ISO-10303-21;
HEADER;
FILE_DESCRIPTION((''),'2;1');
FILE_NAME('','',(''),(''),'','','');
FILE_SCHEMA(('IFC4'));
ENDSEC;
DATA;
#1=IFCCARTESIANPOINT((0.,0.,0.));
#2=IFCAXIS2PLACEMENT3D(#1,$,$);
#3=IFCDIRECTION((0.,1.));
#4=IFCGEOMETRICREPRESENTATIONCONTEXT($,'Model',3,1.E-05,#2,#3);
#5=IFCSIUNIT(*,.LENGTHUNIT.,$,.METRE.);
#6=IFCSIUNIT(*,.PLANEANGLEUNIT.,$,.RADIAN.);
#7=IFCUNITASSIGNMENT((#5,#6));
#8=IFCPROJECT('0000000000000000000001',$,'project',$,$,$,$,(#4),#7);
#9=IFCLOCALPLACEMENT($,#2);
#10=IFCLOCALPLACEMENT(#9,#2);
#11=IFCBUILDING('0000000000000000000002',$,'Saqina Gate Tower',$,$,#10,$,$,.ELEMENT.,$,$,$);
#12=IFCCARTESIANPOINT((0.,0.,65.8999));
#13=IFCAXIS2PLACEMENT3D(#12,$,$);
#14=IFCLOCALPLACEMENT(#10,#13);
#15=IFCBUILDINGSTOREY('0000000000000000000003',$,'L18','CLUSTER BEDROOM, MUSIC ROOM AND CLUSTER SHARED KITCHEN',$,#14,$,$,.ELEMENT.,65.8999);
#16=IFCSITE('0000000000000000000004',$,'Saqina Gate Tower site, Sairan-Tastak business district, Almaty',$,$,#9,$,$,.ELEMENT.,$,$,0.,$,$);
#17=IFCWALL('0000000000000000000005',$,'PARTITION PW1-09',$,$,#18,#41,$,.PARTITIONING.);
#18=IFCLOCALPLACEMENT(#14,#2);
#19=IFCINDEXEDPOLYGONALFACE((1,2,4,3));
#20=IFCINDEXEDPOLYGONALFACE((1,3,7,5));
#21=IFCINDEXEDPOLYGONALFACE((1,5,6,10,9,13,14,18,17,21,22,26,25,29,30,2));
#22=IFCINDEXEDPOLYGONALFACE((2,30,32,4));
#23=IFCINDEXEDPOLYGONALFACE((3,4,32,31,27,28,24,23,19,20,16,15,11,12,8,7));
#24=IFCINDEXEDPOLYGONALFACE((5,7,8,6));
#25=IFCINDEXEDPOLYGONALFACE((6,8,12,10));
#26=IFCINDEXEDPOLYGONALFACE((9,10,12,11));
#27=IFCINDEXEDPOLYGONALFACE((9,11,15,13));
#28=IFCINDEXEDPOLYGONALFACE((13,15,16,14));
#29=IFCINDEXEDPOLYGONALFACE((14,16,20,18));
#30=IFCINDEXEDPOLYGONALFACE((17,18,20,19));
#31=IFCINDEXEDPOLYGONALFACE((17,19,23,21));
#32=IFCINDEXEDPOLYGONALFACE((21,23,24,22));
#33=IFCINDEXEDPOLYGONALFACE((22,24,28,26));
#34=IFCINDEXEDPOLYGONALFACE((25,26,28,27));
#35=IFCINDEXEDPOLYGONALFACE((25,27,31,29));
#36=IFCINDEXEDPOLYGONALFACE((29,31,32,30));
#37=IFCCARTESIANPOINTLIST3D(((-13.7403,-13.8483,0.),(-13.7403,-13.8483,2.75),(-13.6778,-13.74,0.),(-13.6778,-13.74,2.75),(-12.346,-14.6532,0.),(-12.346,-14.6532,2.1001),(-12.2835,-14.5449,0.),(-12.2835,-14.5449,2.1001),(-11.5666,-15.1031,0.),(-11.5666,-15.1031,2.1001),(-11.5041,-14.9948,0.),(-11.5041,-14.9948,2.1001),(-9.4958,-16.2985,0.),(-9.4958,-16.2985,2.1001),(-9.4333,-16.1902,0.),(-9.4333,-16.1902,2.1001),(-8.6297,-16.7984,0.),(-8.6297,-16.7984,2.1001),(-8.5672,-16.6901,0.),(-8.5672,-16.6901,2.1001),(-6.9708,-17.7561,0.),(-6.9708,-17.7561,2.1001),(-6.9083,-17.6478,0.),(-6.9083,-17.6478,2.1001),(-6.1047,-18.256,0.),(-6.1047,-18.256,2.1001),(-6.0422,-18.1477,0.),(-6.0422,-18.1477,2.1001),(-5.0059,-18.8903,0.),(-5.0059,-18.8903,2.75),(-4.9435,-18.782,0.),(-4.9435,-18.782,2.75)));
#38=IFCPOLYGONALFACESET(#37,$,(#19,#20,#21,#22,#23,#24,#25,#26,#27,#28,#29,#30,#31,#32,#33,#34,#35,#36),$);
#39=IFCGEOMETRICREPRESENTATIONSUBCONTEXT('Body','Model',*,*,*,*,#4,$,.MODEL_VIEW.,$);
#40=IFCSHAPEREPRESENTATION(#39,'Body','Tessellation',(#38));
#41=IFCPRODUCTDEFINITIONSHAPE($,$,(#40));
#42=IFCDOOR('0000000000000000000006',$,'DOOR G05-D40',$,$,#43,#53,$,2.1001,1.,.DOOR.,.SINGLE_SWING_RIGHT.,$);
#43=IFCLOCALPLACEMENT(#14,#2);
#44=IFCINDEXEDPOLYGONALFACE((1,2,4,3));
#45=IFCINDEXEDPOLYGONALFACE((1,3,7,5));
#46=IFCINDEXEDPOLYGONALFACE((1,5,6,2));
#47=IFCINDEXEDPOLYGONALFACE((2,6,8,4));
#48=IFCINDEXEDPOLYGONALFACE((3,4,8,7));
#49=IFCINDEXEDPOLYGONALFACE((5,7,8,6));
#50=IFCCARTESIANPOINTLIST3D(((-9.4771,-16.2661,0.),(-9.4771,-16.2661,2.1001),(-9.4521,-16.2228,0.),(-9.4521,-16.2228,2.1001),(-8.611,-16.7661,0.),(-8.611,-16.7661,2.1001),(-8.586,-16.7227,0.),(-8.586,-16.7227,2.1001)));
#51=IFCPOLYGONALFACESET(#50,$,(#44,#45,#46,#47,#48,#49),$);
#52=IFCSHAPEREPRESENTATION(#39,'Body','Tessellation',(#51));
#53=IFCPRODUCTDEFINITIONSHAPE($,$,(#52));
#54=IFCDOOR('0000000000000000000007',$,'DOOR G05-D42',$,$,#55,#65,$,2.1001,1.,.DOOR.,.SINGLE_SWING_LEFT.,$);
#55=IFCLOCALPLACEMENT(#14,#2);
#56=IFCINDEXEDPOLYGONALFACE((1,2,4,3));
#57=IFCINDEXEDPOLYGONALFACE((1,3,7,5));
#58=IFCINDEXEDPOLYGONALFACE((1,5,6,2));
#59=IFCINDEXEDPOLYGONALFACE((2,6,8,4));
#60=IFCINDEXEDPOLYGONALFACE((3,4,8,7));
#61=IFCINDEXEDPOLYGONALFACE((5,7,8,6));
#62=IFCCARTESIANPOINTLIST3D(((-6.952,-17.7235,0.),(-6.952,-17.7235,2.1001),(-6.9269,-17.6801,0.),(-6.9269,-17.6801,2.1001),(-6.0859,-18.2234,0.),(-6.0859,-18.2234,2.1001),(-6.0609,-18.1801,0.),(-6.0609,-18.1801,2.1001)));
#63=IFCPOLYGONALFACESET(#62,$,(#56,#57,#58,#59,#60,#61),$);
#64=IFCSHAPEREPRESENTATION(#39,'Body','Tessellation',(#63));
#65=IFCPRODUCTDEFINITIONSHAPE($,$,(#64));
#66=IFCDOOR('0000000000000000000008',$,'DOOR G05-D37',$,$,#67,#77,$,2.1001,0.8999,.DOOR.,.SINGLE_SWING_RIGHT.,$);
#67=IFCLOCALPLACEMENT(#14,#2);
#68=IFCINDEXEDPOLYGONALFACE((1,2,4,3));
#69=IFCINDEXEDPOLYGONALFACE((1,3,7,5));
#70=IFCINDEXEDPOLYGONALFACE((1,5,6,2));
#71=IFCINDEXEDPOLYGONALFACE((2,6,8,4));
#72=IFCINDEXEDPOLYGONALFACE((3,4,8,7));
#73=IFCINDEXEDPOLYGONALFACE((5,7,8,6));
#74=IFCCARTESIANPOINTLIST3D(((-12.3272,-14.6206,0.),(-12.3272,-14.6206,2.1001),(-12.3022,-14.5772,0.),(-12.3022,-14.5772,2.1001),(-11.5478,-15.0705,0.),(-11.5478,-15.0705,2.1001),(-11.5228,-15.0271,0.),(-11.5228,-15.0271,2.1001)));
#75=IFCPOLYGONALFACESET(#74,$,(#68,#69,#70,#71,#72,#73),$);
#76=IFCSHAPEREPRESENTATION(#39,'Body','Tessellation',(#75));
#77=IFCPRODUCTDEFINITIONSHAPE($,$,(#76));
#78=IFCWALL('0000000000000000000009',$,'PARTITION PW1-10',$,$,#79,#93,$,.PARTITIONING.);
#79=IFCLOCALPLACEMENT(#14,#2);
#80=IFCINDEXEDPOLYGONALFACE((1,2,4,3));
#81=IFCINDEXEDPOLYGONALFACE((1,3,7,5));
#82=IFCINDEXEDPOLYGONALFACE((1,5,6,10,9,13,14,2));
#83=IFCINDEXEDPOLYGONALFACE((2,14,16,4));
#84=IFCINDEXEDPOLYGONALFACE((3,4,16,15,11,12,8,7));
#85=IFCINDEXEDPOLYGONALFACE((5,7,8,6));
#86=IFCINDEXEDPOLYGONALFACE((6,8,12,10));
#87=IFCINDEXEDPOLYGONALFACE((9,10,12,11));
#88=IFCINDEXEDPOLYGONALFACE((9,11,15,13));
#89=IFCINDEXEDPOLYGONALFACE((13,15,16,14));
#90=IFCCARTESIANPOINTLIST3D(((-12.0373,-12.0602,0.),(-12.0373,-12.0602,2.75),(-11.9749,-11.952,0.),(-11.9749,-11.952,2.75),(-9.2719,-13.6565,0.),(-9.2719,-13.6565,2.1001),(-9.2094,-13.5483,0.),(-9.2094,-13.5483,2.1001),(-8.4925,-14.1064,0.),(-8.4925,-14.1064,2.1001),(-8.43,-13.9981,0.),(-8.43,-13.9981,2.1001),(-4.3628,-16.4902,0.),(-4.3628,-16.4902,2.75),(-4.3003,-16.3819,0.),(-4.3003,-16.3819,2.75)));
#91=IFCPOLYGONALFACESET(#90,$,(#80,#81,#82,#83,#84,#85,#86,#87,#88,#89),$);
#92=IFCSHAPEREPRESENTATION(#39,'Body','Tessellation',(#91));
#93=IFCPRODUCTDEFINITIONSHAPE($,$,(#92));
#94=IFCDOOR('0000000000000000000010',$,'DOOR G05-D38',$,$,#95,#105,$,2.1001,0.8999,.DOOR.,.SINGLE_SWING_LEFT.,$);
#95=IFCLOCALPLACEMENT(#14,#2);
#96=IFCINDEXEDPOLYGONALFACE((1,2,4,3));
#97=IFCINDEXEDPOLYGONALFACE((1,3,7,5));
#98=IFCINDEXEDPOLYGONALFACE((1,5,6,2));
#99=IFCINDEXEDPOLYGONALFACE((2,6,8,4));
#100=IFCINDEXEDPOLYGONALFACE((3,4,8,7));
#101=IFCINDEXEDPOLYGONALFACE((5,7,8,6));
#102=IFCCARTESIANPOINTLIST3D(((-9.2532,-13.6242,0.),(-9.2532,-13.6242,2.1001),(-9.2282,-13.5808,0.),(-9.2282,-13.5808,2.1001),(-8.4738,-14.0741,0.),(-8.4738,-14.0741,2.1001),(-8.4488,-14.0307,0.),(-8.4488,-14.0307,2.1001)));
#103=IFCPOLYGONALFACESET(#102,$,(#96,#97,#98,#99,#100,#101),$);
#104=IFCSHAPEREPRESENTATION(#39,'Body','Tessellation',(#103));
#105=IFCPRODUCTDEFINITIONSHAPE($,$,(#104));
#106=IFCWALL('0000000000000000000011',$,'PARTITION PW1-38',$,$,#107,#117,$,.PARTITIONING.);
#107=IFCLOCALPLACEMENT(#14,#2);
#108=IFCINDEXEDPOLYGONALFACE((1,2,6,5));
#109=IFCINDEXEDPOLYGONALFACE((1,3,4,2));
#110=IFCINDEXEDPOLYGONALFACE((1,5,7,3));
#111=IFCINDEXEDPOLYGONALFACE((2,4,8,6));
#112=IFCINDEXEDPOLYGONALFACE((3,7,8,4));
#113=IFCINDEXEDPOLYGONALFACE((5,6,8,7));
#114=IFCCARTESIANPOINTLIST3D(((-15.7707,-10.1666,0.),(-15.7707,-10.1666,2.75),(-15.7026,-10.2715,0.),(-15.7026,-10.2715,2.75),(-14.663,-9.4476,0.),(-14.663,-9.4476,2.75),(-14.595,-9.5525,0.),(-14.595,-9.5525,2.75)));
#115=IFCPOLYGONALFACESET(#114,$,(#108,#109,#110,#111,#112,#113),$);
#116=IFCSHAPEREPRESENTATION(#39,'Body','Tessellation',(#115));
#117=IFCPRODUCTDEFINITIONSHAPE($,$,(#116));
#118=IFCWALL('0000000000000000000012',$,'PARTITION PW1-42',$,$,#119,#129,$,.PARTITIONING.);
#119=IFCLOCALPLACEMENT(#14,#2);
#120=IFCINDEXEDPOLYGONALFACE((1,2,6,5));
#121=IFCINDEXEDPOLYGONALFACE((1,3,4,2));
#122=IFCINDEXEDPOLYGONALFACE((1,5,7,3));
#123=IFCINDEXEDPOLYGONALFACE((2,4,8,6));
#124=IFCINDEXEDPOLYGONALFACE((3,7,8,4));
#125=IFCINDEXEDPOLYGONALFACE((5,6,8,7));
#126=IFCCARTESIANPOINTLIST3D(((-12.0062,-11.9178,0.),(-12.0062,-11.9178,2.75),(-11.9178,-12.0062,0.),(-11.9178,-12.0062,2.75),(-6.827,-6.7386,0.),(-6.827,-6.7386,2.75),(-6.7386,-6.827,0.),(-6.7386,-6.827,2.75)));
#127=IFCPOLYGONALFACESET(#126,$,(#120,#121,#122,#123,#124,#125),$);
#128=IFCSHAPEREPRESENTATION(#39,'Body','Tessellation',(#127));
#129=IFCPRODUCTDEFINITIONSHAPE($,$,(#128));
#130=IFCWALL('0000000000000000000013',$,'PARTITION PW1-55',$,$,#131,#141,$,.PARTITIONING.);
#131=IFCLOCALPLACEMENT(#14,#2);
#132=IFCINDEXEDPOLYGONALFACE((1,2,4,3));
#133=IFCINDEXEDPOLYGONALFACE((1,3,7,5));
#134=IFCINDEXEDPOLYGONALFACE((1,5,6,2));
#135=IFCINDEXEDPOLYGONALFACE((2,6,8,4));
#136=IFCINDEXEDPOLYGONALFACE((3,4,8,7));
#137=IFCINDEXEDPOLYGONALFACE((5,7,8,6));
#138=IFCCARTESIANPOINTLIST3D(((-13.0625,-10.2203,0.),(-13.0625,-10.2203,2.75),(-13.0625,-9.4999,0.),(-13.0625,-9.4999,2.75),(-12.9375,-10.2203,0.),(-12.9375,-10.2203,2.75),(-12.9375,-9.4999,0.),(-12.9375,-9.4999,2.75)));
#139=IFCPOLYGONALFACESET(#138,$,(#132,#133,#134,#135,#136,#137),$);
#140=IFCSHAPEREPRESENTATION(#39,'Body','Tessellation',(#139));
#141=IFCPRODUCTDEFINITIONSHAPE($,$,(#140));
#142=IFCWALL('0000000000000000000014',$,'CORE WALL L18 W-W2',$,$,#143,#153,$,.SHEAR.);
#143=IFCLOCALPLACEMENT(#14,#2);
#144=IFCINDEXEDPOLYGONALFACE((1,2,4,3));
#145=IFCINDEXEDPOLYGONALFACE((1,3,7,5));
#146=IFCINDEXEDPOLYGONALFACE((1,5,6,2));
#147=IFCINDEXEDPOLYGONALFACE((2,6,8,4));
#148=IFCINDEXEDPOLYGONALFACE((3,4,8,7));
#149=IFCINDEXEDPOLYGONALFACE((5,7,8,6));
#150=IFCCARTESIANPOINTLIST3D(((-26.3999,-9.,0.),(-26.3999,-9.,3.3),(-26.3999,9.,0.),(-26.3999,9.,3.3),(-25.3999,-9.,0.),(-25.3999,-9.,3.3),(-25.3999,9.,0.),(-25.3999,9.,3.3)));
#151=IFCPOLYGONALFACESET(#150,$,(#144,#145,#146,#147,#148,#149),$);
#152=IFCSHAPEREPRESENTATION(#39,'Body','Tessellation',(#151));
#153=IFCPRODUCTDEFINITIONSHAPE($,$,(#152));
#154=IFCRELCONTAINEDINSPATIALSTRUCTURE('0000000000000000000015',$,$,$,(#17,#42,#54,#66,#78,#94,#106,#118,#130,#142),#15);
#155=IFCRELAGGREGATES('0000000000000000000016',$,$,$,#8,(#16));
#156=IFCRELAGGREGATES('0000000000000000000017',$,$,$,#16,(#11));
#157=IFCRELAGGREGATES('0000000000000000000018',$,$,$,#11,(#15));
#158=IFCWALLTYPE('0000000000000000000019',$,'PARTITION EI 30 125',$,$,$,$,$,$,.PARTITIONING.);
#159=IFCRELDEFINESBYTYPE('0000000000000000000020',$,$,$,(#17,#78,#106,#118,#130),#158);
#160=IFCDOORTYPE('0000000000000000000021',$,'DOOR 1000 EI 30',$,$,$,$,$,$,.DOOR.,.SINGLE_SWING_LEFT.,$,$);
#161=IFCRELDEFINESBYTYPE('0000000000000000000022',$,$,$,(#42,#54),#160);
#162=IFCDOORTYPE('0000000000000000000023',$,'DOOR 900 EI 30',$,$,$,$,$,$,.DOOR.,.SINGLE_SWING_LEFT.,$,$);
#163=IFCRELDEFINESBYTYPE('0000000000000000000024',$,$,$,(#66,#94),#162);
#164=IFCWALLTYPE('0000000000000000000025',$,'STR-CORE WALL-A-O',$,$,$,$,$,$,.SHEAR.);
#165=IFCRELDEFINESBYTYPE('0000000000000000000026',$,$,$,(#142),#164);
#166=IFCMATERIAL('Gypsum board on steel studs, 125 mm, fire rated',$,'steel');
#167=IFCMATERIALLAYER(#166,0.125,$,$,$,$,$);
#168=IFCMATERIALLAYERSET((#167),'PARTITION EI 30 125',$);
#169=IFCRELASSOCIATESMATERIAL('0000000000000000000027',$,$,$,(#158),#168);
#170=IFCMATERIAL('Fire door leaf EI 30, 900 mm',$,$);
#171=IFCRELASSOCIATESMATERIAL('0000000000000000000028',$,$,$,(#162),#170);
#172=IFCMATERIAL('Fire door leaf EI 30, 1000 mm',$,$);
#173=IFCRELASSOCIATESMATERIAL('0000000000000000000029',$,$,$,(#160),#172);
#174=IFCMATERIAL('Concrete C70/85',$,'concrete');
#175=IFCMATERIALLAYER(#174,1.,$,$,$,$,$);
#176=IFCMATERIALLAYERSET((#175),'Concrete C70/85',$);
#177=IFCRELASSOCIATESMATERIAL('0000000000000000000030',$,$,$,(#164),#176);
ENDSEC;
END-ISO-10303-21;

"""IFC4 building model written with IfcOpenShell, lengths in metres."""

from ifc_helpers import new_model, si_unit, direction, frame, frame_2d, origin, place, context, subcontext, project, spatial, rectangle, extrude, material, layer, layer_set, type_object, element, fill, save


model = new_model("IFC4")

# Units and contexts
model_context = context("Model", 3, precision=1e-05, world=origin(), true_north=direction((0.0, 1.0)))
body_context = subcontext(model_context, "Body", "Model", "MODEL_VIEW")
ifc_project = project(units=[si_unit("LENGTHUNIT", "METRE"), si_unit("PLANEANGLEUNIT", "RADIAN")], contexts=[model_context])

# Site, building, storey
site_placement = place(None, origin())
site = spatial("IfcSite", under=ifc_project, at=site_placement, Name="Saqina Gate Tower site, Sairan-Tastak business district, Almaty", CompositionType="ELEMENT", RefElevation=0.0)
building_placement = place(site_placement, origin())
building = spatial("IfcBuilding", under=site, at=building_placement, Name="Saqina Gate Tower", CompositionType="ELEMENT")
storey_placement = place(building_placement, frame((0.0, 0.0, 65.8999)))
storey = spatial("IfcBuildingStorey", under=building, at=storey_placement, Name="L18", Description="CLUSTER BEDROOM, MUSIC ROOM AND CLUSTER SHARED KITCHEN", CompositionType="ELEMENT", Elevation=65.8999)

# Shared definitions
ifc_material_1 = material(Name="Gypsum board on steel studs, 125 mm, fire rated", Category="steel")
ifc_layer_1 = layer(ifc_material_1, 0.125)
ifc_layer_set_1 = layer_set([ifc_layer_1], Name="PARTITION EI 30 125")
wall_type_1 = type_object("IfcWallType", Name="PARTITION EI 30 125", PredefinedType="PARTITIONING", material=ifc_layer_set_1)
ifc_material_2 = material(Name="Fire door leaf EI 30, 900 mm")
door_type_1 = type_object("IfcDoorType", Name="DOOR 900 EI 30", OperationType="SINGLE_SWING_LEFT", PredefinedType="DOOR", material=ifc_material_2)

# Wall, openings, doors
wall_1_placement = place(storey_placement, frame((-13.709, -13.7942, 0.0), z_axis=(0.0, 0.0, 1.0), x_axis=(0.86606, -0.49994, 0.0)))
wall_1 = element("IfcWall", 1, at=wall_1_placement, inside=storey, type_object=wall_type_1, Name="PARTITION PW1-09", PredefinedType="PARTITIONING", context=body_context, shape_type="SweptSolid", body=[
    extrude(rectangle(XDim=10.0852, YDim=0.125, at=frame_2d((5.0425, 0.0))), origin(), (0.0, 0.0, 1.0), 2.75),
])
opening_1_placement = place(wall_1_placement, frame((1.6099, 0.0, 0.0)))
opening_1 = element("IfcOpeningElement", 2, at=opening_1_placement, cuts=wall_1, PredefinedType="OPENING", context=body_context, shape_type="SweptSolid", body=[
    extrude(rectangle(XDim=0.8999, YDim=2.1001, at=frame_2d((0.45, 1.05))), frame((0.0, 0.0745, 0.0), z_axis=(0.0, -1.0, 0.0), x_axis=(1.0, 0.0, 0.0)), (0.0, 0.0, 1.0), 0.1489),
])
opening_2_placement = place(wall_1_placement, frame((4.9009, 0.0, 0.0)))
opening_2 = element("IfcOpeningElement", 3, at=opening_2_placement, cuts=wall_1, PredefinedType="OPENING", context=body_context, shape_type="SweptSolid", body=[
    extrude(rectangle(XDim=1.0, YDim=2.1001, at=frame_2d((0.5, 1.05))), frame((0.0, 0.0745, 0.0), z_axis=(0.0, -1.0, 0.0), x_axis=(1.0, 0.0, 0.0)), (0.0, 0.0, 1.0), 0.1489),
])
opening_3_placement = place(wall_1_placement, frame((7.8164, 0.0, 0.0)))
opening_3 = element("IfcOpeningElement", 4, at=opening_3_placement, cuts=wall_1, PredefinedType="OPENING", context=body_context, shape_type="SweptSolid", body=[
    extrude(rectangle(XDim=1.0, YDim=2.1001, at=frame_2d((0.5, 1.05))), frame((0.0, 0.0745, 0.0), z_axis=(0.0, -1.0, 0.0), x_axis=(1.0, 0.0, 0.0)), (0.0, 0.0, 1.0), 0.1489),
])
ifc_material_3 = material(Name="Fire door leaf EI 30, 1000 mm")
door_type_2 = type_object("IfcDoorType", Name="DOOR 1000 EI 30", OperationType="SINGLE_SWING_LEFT", PredefinedType="DOOR", material=ifc_material_3)
door_1_placement = place(opening_2_placement, origin())
door_1 = element("IfcDoor", 5, at=door_1_placement, inside=storey, type_object=door_type_2, Name="DOOR G05-D40", OperationType="SINGLE_SWING_RIGHT", OverallHeight=2.1001, OverallWidth=1.0, PredefinedType="DOOR", context=body_context, shape_type="SweptSolid", body=[
    extrude(rectangle(XDim=1.0, YDim=2.1001, at=frame_2d((0.5, 1.05))), frame((0.0, 0.0249, 0.0), z_axis=(0.0, -1.0, 0.0), x_axis=(1.0, 0.0, 0.0)), (0.0, 0.0, 1.0), 0.05),
])
fill(opening_2, door_1)
door_2_placement = place(opening_3_placement, frame((1.0, 0.0, 0.0), z_axis=(0.0, 0.0, 1.0), x_axis=(-1.0, 0.0, 0.0)))
door_2 = element("IfcDoor", 6, at=door_2_placement, inside=storey, type_object=door_type_2, Name="DOOR G05-D42", OperationType="SINGLE_SWING_LEFT", OverallHeight=2.1001, OverallWidth=1.0, PredefinedType="DOOR", context=body_context, shape_type="SweptSolid", body=[
    extrude(rectangle(XDim=1.0, YDim=2.1001, at=frame_2d((0.5, 1.05))), frame((0.0, 0.0249, 0.0), z_axis=(0.0, -1.0, 0.0), x_axis=(1.0, 0.0, 0.0)), (0.0, 0.0, 1.0), 0.05),
])
fill(opening_3, door_2)
door_3_placement = place(opening_1_placement, frame((0.8999, 0.0, 0.0), z_axis=(0.0, 0.0, 1.0), x_axis=(-1.0, 0.0, 0.0)))
door_3 = element("IfcDoor", 7, at=door_3_placement, inside=storey, type_object=door_type_1, Name="DOOR G05-D37", OperationType="SINGLE_SWING_RIGHT", OverallHeight=2.1001, OverallWidth=0.8999, PredefinedType="DOOR", context=body_context, shape_type="SweptSolid", body=[
    extrude(rectangle(XDim=0.8999, YDim=2.1001, at=frame_2d((0.45, 1.05))), frame((0.0, 0.0249, 0.0), z_axis=(0.0, -1.0, 0.0), x_axis=(1.0, 0.0, 0.0)), (0.0, 0.0, 1.0), 0.05),
])
fill(opening_1, door_3)

# Wall, opening, door
wall_2_placement = place(storey_placement, frame((-12.0061, -12.0061, 0.0), z_axis=(0.0, 0.0, 1.0), x_axis=(0.866073, -0.499917, 0.0)))
wall_2 = element("IfcWall", 8, at=wall_2_placement, inside=storey, type_object=wall_type_1, Name="PARTITION PW1-10", PredefinedType="PARTITIONING", context=body_context, shape_type="SweptSolid", body=[
    extrude(rectangle(XDim=8.8613, YDim=0.125, at=frame_2d((4.4307, 0.0))), origin(), (0.0, 0.0, 1.0), 2.75),
])
opening_4_placement = place(wall_2_placement, frame((3.1931, 0.0, 0.0)))
opening_4 = element("IfcOpeningElement", 9, at=opening_4_placement, cuts=wall_2, PredefinedType="OPENING", context=body_context, shape_type="SweptSolid", body=[
    extrude(rectangle(XDim=0.8999, YDim=2.1001, at=frame_2d((0.45, 1.05))), frame((0.0, 0.0745, 0.0), z_axis=(0.0, -1.0, 0.0), x_axis=(1.0, 0.0, 0.0)), (0.0, 0.0, 1.0), 0.1489),
])
door_4_placement = place(opening_4_placement, origin())
door_4 = element("IfcDoor", 10, at=door_4_placement, inside=storey, type_object=door_type_1, Name="DOOR G05-D38", OperationType="SINGLE_SWING_LEFT", OverallHeight=2.1001, OverallWidth=0.8999, PredefinedType="DOOR", context=body_context, shape_type="SweptSolid", body=[
    extrude(rectangle(XDim=0.8999, YDim=2.1001, at=frame_2d((0.45, 1.05))), frame((0.0, 0.0249, 0.0), z_axis=(0.0, -1.0, 0.0), x_axis=(1.0, 0.0, 0.0)), (0.0, 0.0, 1.0), 0.05),
])
fill(opening_4, door_4)

# Walls
wall_3_placement = place(storey_placement, frame((-15.7366, -10.219, 0.0), z_axis=(0.0, 0.0, 1.0), x_axis=(0.838786, 0.544462, 0.0)))
element("IfcWall", 11, at=wall_3_placement, inside=storey, type_object=wall_type_1, Name="PARTITION PW1-38", PredefinedType="PARTITIONING", context=body_context, shape_type="SweptSolid", body=[
    extrude(rectangle(XDim=1.3206, YDim=0.125, at=frame_2d((0.6602, 0.0))), origin(), (0.0, 0.0, 1.0), 2.75),
])
wall_4_placement = place(storey_placement, frame((-11.9619, -11.9619, 0.0), z_axis=(0.0, 0.0, 1.0), x_axis=(0.707107, 0.707107, 0.0)))
element("IfcWall", 12, at=wall_4_placement, inside=storey, type_object=wall_type_1, Name="PARTITION PW1-42", PredefinedType="PARTITIONING", context=body_context, shape_type="SweptSolid", body=[
    extrude(rectangle(XDim=7.3245, YDim=0.125, at=frame_2d((3.6621, 0.0))), origin(), (0.0, 0.0, 1.0), 2.75),
])
wall_5_placement = place(storey_placement, frame((-13.0, -10.2205, 0.0), z_axis=(0.0, 0.0, 1.0), x_axis=(0.0, 1.0, 0.0)))
element("IfcWall", 13, at=wall_5_placement, inside=storey, type_object=wall_type_1, Name="PARTITION PW1-55", PredefinedType="PARTITIONING", context=body_context, shape_type="SweptSolid", body=[
    extrude(rectangle(XDim=0.7205, YDim=0.125, at=frame_2d((0.3604, 0.0))), origin(), (0.0, 0.0, 1.0), 2.75),
])
ifc_material_4 = material(Name="Concrete C70/85", Category="concrete")
ifc_layer_2 = layer(ifc_material_4, 1.0)
ifc_layer_set_2 = layer_set([ifc_layer_2], Name="Concrete C70/85")
wall_type_2 = type_object("IfcWallType", Name="STR-CORE WALL-A-O", PredefinedType="SHEAR", material=ifc_layer_set_2)
wall_6_placement = place(storey_placement, frame((-25.8999, -9.0, 0.0), z_axis=(0.0, 0.0, 1.0), x_axis=(0.0, 1.0, 0.0)))
element("IfcWall", 14, at=wall_6_placement, inside=storey, type_object=wall_type_2, Name="CORE WALL L18 W-W2", PredefinedType="SHEAR", context=body_context, shape_type="SweptSolid", body=[
    extrude(rectangle(XDim=18.0, YDim=1.0, at=frame_2d((9.0, 0.0))), origin(), (0.0, 0.0, 1.0), 3.3),
])

save(model, "model.ifc")
